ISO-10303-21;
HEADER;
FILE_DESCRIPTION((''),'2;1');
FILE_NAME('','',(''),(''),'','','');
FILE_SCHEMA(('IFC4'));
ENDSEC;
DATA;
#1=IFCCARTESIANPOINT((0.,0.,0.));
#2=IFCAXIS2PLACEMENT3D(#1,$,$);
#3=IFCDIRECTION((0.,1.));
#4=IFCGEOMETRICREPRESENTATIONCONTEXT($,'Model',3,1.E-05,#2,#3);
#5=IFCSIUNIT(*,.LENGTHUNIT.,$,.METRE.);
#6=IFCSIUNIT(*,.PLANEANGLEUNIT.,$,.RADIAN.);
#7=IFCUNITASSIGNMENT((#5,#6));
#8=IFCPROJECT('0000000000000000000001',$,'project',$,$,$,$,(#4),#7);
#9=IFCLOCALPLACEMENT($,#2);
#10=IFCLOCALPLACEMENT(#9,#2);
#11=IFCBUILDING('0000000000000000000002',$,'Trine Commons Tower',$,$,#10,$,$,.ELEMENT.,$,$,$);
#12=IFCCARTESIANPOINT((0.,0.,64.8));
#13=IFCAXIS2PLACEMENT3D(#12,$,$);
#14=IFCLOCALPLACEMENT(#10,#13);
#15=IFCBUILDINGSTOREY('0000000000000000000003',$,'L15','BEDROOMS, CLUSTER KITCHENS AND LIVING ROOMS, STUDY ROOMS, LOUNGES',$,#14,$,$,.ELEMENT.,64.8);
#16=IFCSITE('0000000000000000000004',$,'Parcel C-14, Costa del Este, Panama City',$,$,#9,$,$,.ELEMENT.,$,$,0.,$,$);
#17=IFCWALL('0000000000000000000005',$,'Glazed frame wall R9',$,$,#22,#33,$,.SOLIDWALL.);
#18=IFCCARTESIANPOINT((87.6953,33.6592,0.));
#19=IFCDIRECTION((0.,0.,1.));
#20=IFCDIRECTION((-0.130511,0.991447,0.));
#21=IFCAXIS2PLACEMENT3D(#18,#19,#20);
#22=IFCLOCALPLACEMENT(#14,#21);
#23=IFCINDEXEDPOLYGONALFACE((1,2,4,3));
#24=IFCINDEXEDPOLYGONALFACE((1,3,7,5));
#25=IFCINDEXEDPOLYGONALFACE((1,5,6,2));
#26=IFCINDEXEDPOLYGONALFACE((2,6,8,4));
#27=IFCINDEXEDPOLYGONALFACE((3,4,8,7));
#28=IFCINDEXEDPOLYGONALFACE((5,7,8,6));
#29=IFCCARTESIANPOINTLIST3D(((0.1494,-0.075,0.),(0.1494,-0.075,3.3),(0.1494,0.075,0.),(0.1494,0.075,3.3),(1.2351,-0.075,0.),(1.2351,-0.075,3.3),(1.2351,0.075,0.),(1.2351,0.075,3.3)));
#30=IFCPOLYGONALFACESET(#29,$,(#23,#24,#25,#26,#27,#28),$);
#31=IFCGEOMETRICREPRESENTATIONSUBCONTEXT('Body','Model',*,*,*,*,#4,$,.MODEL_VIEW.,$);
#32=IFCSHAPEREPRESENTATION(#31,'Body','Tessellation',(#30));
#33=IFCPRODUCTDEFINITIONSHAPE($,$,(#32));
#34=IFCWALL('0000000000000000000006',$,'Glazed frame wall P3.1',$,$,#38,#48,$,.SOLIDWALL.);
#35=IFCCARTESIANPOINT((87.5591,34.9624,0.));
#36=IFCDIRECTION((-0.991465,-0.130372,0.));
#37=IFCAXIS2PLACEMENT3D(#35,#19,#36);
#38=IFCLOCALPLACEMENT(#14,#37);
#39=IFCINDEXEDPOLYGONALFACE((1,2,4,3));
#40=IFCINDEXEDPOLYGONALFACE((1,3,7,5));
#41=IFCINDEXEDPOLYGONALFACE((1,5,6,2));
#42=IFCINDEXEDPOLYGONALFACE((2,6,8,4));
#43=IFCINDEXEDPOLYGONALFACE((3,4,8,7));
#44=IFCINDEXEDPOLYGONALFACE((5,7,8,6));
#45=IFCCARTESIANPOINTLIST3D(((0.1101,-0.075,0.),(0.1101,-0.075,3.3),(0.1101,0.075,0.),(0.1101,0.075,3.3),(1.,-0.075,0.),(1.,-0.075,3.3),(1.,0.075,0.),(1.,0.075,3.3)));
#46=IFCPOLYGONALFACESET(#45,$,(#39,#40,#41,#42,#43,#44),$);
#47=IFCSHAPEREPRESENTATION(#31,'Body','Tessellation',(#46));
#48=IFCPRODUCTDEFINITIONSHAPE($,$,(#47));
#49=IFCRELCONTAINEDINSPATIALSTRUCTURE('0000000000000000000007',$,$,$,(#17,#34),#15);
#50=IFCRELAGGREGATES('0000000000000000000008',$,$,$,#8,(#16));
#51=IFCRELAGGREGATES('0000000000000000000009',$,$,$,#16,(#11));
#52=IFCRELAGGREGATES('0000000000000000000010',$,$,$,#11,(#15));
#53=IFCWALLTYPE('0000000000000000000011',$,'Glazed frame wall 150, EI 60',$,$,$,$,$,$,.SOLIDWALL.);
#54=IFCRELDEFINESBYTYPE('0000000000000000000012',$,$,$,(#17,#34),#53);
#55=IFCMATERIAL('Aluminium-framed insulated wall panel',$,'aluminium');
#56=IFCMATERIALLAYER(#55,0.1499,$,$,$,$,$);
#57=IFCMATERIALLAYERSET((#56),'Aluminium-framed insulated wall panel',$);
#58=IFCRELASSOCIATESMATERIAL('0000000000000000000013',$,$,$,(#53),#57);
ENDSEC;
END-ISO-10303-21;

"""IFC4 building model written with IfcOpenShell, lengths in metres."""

from ifc_helpers import new_model, si_unit, direction, frame, origin, place, context, subcontext, project, spatial, polyline, outline, extrude, material, layer, layer_set, type_object, element, save


model = new_model("IFC4")

# Units and contexts
model_context = context("Model", 3, precision=1e-05, world=origin(), true_north=direction((0.0, 1.0)))
body_context = subcontext(model_context, "Body", "Model", "MODEL_VIEW")
ifc_project = project(units=[si_unit("LENGTHUNIT", "METRE"), si_unit("PLANEANGLEUNIT", "RADIAN")], contexts=[model_context])

# Site, building, storey
site_placement = place(None, origin())
site = spatial("IfcSite", under=ifc_project, at=site_placement, Name="Parcel C-14, Costa del Este, Panama City", CompositionType="ELEMENT", RefElevation=0.0)
building_placement = place(site_placement, origin())
building = spatial("IfcBuilding", under=site, at=building_placement, Name="Trine Commons Tower", CompositionType="ELEMENT")
storey_placement = place(building_placement, frame((0.0, 0.0, 64.8)))
storey = spatial("IfcBuildingStorey", under=building, at=storey_placement, Name="L15", Description="BEDROOMS, CLUSTER KITCHENS AND LIVING ROOMS, STUDY ROOMS, LOUNGES", CompositionType="ELEMENT", Elevation=64.8)

# Walls
ifc_material_1 = material(Name="Aluminium-framed insulated wall panel", Category="aluminium")
ifc_layer_1 = layer(ifc_material_1, 0.1499)
ifc_layer_set_1 = layer_set([ifc_layer_1], Name="Aluminium-framed insulated wall panel")
wall_type_1 = type_object("IfcWallType", Name="Glazed frame wall 150, EI 60", PredefinedType="SOLIDWALL", material=ifc_layer_set_1)
wall_1_placement = place(storey_placement, frame((87.6953, 33.6592, 0.0), z_axis=(0.0, 0.0, 1.0), x_axis=(-0.130511, 0.991447, 0.0)))
element("IfcWall", 1, at=wall_1_placement, inside=storey, type_object=wall_type_1, Name="Glazed frame wall R9", PredefinedType="SOLIDWALL", context=body_context, shape_type="SweptSolid", body=[
    extrude(outline(polyline([(0.1494, 0.075), (0.1494, -0.075), (1.2351, -0.075), (1.2351, 0.075), (0.1494, 0.075)])), origin(), (0.0, 0.0, 1.0), 3.3),
])
wall_2_placement = place(storey_placement, frame((87.5591, 34.9624, 0.0), z_axis=(0.0, 0.0, 1.0), x_axis=(-0.991465, -0.130372, 0.0)))
element("IfcWall", 2, at=wall_2_placement, inside=storey, type_object=wall_type_1, Name="Glazed frame wall P3.1", PredefinedType="SOLIDWALL", context=body_context, shape_type="SweptSolid", body=[
    extrude(outline(polyline([(0.1101, -0.075), (1.0, -0.075), (1.0, 0.075), (0.1101, 0.075), (0.1101, -0.075)])), origin(), (0.0, 0.0, 1.0), 3.3),
])

save(model, "model.ifc")
